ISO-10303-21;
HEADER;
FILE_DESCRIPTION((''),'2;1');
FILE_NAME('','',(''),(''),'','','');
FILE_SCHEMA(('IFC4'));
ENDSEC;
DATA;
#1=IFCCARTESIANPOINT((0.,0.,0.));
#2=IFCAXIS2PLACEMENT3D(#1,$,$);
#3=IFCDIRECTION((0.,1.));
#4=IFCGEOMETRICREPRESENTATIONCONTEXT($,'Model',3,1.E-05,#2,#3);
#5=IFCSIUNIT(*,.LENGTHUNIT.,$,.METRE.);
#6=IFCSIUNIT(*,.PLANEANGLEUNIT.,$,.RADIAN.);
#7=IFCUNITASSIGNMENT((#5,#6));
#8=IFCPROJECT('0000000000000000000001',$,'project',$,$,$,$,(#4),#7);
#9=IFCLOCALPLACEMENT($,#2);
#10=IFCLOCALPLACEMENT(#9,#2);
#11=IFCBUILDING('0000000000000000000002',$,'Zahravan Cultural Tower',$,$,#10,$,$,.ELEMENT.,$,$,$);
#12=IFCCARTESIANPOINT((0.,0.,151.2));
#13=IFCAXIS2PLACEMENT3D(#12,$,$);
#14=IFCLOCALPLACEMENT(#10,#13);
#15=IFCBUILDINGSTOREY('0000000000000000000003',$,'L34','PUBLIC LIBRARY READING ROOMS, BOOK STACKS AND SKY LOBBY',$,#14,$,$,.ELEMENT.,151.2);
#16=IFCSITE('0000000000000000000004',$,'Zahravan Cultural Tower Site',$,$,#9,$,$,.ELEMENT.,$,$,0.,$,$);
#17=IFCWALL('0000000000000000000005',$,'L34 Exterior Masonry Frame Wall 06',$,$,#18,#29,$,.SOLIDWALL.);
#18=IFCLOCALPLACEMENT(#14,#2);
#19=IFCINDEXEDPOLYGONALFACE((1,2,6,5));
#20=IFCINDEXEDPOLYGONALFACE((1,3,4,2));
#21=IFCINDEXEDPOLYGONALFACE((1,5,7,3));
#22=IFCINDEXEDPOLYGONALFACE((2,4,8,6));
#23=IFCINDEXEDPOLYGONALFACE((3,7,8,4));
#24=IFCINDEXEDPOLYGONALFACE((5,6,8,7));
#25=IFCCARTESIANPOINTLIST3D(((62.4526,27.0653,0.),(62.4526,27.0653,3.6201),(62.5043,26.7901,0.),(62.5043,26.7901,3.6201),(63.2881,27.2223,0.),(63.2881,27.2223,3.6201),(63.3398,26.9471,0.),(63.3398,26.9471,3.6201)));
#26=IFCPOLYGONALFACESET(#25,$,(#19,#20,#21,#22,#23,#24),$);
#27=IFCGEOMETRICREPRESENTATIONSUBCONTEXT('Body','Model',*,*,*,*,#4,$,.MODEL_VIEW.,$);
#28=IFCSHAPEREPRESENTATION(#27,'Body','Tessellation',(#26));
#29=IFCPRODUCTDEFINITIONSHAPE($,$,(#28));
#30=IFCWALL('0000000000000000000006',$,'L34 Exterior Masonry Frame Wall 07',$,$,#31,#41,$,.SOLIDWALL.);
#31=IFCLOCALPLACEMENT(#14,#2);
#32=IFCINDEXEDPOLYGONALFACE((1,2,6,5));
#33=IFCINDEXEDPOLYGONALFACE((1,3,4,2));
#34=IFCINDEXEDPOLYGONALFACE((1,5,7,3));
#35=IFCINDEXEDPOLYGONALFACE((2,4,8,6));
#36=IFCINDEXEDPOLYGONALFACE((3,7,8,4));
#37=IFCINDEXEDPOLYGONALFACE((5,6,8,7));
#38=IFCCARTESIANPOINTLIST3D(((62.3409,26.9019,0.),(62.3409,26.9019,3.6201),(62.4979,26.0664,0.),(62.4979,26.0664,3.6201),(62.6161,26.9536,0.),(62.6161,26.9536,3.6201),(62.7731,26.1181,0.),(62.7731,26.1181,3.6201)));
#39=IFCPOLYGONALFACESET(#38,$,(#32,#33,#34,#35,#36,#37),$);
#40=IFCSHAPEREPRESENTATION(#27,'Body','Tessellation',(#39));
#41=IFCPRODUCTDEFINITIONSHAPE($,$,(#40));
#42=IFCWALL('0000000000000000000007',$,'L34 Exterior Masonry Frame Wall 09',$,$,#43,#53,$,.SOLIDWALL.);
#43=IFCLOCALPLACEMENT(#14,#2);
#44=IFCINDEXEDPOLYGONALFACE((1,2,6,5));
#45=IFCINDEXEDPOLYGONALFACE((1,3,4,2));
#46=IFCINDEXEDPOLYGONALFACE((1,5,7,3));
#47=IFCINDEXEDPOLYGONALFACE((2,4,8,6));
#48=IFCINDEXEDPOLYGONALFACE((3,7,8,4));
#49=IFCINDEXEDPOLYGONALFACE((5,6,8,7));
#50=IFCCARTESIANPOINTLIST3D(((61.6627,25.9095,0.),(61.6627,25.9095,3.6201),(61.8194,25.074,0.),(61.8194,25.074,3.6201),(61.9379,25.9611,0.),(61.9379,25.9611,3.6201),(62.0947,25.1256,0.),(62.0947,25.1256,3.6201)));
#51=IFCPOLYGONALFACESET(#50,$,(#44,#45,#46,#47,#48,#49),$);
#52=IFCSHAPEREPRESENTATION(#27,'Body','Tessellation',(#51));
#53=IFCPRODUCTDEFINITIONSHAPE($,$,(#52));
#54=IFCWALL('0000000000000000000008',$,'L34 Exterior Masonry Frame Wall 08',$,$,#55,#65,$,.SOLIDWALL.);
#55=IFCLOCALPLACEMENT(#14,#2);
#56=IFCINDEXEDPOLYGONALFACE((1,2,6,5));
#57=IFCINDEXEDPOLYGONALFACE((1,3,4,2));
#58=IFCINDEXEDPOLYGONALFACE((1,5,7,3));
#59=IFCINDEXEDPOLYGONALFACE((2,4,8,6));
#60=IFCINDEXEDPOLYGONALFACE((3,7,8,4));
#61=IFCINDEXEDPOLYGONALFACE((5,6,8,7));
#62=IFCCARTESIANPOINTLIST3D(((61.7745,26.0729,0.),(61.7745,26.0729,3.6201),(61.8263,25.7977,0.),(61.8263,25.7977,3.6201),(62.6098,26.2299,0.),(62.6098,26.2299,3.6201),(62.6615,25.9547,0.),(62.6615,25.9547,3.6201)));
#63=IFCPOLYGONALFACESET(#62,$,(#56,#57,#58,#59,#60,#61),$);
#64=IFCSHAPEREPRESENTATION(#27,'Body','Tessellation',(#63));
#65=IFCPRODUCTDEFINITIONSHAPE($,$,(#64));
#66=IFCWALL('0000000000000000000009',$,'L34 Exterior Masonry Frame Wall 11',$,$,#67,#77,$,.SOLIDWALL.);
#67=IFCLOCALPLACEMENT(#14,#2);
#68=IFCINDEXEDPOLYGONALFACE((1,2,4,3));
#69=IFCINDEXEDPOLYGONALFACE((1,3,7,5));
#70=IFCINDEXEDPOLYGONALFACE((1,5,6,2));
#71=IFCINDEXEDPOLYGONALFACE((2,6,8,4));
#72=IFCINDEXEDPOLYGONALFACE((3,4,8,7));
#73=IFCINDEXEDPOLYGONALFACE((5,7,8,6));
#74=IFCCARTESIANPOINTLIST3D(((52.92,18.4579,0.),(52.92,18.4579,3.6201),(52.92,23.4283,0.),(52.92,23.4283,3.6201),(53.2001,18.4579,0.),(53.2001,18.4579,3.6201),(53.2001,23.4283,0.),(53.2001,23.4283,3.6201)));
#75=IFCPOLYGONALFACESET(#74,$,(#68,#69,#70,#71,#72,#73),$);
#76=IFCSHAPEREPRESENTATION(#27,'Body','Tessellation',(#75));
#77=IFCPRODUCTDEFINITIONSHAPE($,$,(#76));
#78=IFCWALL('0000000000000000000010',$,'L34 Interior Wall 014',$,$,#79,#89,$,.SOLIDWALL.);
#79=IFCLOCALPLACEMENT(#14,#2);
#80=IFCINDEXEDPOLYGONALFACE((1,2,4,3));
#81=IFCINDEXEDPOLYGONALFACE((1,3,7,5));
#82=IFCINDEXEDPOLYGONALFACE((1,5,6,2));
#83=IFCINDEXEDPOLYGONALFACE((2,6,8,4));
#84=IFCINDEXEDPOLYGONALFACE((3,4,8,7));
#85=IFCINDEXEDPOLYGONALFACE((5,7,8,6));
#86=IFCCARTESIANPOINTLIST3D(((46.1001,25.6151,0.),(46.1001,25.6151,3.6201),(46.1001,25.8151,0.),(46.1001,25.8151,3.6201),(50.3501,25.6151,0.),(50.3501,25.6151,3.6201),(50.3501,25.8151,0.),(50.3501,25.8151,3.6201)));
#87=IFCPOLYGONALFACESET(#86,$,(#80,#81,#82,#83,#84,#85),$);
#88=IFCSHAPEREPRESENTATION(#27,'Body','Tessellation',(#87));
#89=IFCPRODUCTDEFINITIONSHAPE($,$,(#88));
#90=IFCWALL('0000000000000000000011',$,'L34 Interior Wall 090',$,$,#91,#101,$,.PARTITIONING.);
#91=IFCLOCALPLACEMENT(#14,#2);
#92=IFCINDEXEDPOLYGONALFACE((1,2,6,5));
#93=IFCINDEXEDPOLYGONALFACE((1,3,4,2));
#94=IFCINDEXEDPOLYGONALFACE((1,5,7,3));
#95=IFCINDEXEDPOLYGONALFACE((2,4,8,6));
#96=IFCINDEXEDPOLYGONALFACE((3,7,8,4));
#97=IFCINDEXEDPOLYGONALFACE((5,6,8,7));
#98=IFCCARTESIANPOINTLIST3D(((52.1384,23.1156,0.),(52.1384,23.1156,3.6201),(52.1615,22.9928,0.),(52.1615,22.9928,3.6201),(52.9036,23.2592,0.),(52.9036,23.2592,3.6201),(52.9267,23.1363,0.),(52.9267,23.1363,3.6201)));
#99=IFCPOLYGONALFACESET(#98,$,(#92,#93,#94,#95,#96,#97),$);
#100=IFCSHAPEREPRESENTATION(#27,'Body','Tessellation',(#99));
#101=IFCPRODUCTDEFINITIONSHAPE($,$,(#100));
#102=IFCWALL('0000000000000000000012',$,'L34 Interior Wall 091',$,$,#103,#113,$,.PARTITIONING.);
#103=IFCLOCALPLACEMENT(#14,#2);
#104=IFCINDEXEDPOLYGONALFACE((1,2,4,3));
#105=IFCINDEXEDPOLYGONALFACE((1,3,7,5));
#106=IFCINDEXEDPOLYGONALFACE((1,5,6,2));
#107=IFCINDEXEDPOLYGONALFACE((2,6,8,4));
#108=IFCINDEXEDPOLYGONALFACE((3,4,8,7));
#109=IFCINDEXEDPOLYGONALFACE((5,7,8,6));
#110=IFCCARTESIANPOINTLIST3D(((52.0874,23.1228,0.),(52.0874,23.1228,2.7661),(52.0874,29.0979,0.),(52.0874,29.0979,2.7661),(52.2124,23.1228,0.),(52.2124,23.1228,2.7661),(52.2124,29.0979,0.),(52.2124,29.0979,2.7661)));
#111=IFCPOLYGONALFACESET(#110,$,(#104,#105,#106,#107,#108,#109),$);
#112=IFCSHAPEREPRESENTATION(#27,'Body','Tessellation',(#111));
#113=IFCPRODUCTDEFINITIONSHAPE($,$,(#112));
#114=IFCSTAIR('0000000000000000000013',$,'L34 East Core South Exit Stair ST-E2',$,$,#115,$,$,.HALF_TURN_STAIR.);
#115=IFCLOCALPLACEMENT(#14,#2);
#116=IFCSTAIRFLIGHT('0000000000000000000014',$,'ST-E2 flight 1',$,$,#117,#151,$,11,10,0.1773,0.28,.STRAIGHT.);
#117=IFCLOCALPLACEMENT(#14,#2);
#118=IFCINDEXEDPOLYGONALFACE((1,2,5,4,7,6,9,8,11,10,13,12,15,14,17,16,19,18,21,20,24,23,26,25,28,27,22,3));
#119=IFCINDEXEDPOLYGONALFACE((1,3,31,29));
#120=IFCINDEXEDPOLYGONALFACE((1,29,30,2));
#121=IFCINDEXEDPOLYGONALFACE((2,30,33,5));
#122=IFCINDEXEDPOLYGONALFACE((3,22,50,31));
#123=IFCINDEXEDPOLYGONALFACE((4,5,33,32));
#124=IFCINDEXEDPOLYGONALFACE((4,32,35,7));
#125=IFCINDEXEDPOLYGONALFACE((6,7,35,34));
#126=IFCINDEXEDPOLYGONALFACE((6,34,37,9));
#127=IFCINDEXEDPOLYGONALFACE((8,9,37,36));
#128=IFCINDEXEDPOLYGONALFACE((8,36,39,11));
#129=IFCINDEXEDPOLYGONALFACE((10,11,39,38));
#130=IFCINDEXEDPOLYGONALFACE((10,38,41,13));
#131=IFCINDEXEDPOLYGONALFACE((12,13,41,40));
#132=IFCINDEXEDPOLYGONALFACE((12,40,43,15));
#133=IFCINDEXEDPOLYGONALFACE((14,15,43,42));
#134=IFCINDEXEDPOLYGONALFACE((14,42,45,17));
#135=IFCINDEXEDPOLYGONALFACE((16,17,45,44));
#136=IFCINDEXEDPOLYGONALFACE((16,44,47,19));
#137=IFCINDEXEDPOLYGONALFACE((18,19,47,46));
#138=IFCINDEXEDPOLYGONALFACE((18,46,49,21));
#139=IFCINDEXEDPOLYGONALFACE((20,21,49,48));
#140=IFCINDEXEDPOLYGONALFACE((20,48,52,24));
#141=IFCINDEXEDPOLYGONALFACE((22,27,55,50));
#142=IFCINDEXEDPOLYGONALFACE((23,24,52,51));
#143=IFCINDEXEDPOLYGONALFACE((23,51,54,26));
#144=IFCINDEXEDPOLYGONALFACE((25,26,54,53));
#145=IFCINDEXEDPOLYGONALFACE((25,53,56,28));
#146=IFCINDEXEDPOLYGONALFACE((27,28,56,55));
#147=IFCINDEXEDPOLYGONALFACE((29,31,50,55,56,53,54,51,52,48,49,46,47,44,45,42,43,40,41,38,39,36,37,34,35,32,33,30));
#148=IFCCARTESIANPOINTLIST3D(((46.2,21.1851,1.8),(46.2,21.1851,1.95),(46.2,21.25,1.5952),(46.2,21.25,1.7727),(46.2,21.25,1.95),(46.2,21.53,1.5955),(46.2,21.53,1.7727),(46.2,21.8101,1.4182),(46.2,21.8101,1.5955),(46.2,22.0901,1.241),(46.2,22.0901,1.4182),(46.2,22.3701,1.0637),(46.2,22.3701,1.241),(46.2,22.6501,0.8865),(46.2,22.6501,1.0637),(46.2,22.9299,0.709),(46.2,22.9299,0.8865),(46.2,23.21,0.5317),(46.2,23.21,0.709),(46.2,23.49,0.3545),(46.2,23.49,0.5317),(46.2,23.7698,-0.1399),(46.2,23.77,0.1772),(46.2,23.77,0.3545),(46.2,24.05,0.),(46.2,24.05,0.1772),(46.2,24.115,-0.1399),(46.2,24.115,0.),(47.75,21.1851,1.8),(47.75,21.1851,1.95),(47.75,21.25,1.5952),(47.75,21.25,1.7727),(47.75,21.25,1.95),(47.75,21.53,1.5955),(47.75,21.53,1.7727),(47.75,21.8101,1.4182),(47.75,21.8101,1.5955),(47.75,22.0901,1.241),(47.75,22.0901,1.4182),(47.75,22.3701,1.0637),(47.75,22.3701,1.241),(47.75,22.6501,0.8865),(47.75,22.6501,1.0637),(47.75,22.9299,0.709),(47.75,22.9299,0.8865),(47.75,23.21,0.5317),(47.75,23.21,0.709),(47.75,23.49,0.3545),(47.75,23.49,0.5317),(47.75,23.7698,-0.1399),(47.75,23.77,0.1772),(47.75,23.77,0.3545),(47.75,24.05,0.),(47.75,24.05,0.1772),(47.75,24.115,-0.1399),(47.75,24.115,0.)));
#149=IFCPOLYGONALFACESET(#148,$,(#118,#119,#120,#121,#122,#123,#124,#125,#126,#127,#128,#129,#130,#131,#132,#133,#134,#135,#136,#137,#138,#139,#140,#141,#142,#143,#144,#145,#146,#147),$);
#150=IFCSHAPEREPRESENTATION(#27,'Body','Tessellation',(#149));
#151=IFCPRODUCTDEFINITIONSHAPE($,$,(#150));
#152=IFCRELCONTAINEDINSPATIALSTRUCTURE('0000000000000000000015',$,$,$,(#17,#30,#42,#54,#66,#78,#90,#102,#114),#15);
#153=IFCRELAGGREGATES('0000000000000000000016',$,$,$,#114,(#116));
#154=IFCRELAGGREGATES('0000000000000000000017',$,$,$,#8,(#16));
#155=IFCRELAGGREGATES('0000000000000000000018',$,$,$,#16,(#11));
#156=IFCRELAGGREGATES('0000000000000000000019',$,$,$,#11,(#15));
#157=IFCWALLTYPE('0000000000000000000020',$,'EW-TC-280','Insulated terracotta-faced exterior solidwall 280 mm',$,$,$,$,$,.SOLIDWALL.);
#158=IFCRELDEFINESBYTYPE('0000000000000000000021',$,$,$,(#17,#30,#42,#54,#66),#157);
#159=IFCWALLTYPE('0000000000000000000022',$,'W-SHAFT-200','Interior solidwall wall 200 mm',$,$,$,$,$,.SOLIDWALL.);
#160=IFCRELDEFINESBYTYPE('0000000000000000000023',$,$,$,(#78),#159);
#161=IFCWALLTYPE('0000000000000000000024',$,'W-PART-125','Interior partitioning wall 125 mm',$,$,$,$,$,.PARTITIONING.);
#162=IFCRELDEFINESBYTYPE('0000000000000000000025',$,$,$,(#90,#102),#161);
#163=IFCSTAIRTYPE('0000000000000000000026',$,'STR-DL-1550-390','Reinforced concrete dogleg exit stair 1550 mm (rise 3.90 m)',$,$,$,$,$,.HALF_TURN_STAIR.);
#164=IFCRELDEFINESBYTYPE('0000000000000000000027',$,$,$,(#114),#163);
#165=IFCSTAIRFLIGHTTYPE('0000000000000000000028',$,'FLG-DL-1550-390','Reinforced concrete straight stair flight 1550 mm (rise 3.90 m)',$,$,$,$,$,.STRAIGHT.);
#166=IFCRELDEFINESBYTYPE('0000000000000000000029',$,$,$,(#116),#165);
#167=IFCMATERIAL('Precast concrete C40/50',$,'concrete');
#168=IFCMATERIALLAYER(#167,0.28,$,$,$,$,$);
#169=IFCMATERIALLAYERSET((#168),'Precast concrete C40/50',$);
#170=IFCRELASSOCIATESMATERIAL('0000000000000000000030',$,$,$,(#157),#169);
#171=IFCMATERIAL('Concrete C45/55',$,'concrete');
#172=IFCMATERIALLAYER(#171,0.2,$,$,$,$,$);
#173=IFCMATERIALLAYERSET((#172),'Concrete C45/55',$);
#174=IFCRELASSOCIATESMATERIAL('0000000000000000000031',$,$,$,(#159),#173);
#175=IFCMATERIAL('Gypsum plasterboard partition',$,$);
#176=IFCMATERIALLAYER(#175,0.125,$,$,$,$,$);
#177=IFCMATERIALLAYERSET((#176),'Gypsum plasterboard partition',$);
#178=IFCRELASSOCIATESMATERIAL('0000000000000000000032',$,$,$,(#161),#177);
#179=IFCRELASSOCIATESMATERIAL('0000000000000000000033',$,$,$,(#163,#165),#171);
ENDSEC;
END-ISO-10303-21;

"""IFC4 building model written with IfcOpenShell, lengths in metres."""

from ifc_helpers import new_model, si_unit, direction, frame, frame_2d, origin, place, context, subcontext, project, spatial, polyline, rectangle, outline, extrude, source, transform, mapped, material, layer, layer_set, type_object, element, aggregate, save


model = new_model("IFC4")

# Units and contexts
model_context = context("Model", 3, precision=1e-05, world=origin(), true_north=direction((0.0, 1.0)))
body_context = subcontext(model_context, "Body", "Model", "MODEL_VIEW")
ifc_project = project(units=[si_unit("LENGTHUNIT", "METRE"), si_unit("PLANEANGLEUNIT", "RADIAN")], contexts=[model_context])

# Site, building, storey
site_placement = place(None, origin())
site = spatial("IfcSite", under=ifc_project, at=site_placement, Name="Zahravan Cultural Tower Site", CompositionType="ELEMENT", RefElevation=0.0)
building_placement = place(site_placement, origin())
building = spatial("IfcBuilding", under=site, at=building_placement, Name="Zahravan Cultural Tower", CompositionType="ELEMENT")
storey_placement = place(building_placement, frame((0.0, 0.0, 151.2)))
storey = spatial("IfcBuildingStorey", under=building, at=storey_placement, Name="L34", Description="PUBLIC LIBRARY READING ROOMS, BOOK STACKS AND SKY LOBBY", CompositionType="ELEMENT", Elevation=151.2)

# Shared definitions
ifc_material_1 = material(Name="Precast concrete C40/50", Category="concrete")
ifc_layer_1 = layer(ifc_material_1, 0.28)
ifc_layer_set_1 = layer_set([ifc_layer_1], Name="Precast concrete C40/50")
wall_type_1 = type_object("IfcWallType", Name="EW-TC-280", Description="Insulated terracotta-faced exterior solidwall 280 mm", PredefinedType="SOLIDWALL", material=ifc_layer_set_1)

# Walls
shared_shape_1 = source(origin(), body_context, "Body", "SweptSolid", [
    extrude(rectangle(XDim=0.8501, YDim=0.28, at=frame_2d((0.425, 0.0))), origin(), (0.0, 0.0, 1.0), 3.6201),
])
for number, where, z_axis, x_axis, name in (
    (1, (63.314, 27.0847, 0.0), (0.0, 0.0, 1.0), (-0.982801, -0.18467, 0.0), "L34 Exterior Masonry Frame Wall 06"),
    (2, (62.4785, 26.9277, 0.0), (0.0, 0.0, 1.0), (0.18467, -0.982801, 0.0), "L34 Exterior Masonry Frame Wall 07"),
    (3, (61.8003, 25.9353, 0.0), (0.0, 0.0, 1.0), (0.184393, -0.982853, 0.0), "L34 Exterior Masonry Frame Wall 09"),
):
    element("IfcWall", number, at=place(storey_placement, frame(where, z_axis=z_axis, x_axis=x_axis)), inside=storey, type_object=wall_type_1, Name=name, PredefinedType="SOLIDWALL", context=body_context, shape_type="MappedRepresentation", body=[
        mapped(shared_shape_1, transform((0.0, 0.0, 0.0), x_axis=(1.0, 0.0, 0.0), y_axis=(0.0, 1.0, 0.0), z_axis=(0.0, 0.0, 1.0), scale=1.0)),
    ])
shared_shape_2 = source(origin(), body_context, "Body", "SweptSolid", [
    extrude(rectangle(XDim=0.8499, YDim=0.28, at=frame_2d((0.4248, 0.0))), origin(), (0.0, 0.0, 1.0), 3.6201),
])
wall_1_placement = place(storey_placement, frame((62.6355, 26.0923, 0.0), z_axis=(0.0, 0.0, 1.0), x_axis=(-0.982791, -0.184722, 0.0)))
element("IfcWall", 4, at=wall_1_placement, inside=storey, type_object=wall_type_1, Name="L34 Exterior Masonry Frame Wall 08", PredefinedType="SOLIDWALL", context=body_context, shape_type="MappedRepresentation", body=[
    mapped(shared_shape_2, transform((0.0, 0.0, 0.0), x_axis=(1.0, 0.0, 0.0), y_axis=(0.0, 1.0, 0.0), z_axis=(0.0, 0.0, 1.0), scale=1.0)),
])
shared_shape_3 = source(origin(), body_context, "Body", "SweptSolid", [
    extrude(rectangle(XDim=4.9705, YDim=0.28, at=frame_2d((2.4854, 0.0))), origin(), (0.0, 0.0, 1.0), 3.6201),
])
wall_2_placement = place(storey_placement, frame((53.0601, 23.4285, 0.0), z_axis=(0.0, 0.0, 1.0), x_axis=(0.0, -1.0, 0.0)))
element("IfcWall", 5, at=wall_2_placement, inside=storey, type_object=wall_type_1, Name="L34 Exterior Masonry Frame Wall 11", PredefinedType="SOLIDWALL", context=body_context, shape_type="MappedRepresentation", body=[
    mapped(shared_shape_3, transform((0.0, 0.0, 0.0), x_axis=(1.0, 0.0, 0.0), y_axis=(0.0, 1.0, 0.0), z_axis=(0.0, 0.0, 1.0), scale=1.0)),
])
ifc_material_2 = material(Name="Concrete C45/55", Category="concrete")
ifc_layer_2 = layer(ifc_material_2, 0.2)
ifc_layer_set_2 = layer_set([ifc_layer_2], Name="Concrete C45/55")
wall_type_2 = type_object("IfcWallType", Name="W-SHAFT-200", Description="Interior solidwall wall 200 mm", PredefinedType="SOLIDWALL", material=ifc_layer_set_2)
shared_shape_4 = source(origin(), body_context, "Body", "SweptSolid", [
    extrude(rectangle(XDim=4.25, YDim=0.2, at=frame_2d((2.125, 0.0))), origin(), (0.0, 0.0, 1.0), 3.6201),
])
wall_3_placement = place(storey_placement, frame((46.1001, 25.7151, 0.0), z_axis=(0.0, 0.0, 1.0), x_axis=(1.0, 0.0, 0.0)))
element("IfcWall", 6, at=wall_3_placement, inside=storey, type_object=wall_type_2, Name="L34 Interior Wall 014", PredefinedType="SOLIDWALL", context=body_context, shape_type="MappedRepresentation", body=[
    mapped(shared_shape_4, transform((0.0, 0.0, 0.0), x_axis=(1.0, 0.0, 0.0), y_axis=(0.0, 1.0, 0.0), z_axis=(0.0, 0.0, 1.0), scale=1.0)),
])
ifc_material_3 = material(Name="Gypsum plasterboard partition")
ifc_layer_3 = layer(ifc_material_3, 0.125)
ifc_layer_set_3 = layer_set([ifc_layer_3], Name="Gypsum plasterboard partition")
wall_type_3 = type_object("IfcWallType", Name="W-PART-125", Description="Interior partitioning wall 125 mm", PredefinedType="PARTITIONING", material=ifc_layer_set_3)
shared_shape_5 = source(origin(), body_context, "Body", "SweptSolid", [
    extrude(rectangle(XDim=0.7786, YDim=0.125, at=frame_2d((0.3892, 0.0))), origin(), (0.0, 0.0, 1.0), 3.6201),
])
wall_4_placement = place(storey_placement, frame((52.915, 23.1978, 0.0), z_axis=(0.0, 0.0, 1.0), x_axis=(-0.982851, -0.184402, 0.0)))
element("IfcWall", 7, at=wall_4_placement, inside=storey, type_object=wall_type_3, Name="L34 Interior Wall 090", PredefinedType="PARTITIONING", context=body_context, shape_type="MappedRepresentation", body=[
    mapped(shared_shape_5, transform((0.0, 0.0, 0.0), x_axis=(1.0, 0.0, 0.0), y_axis=(0.0, 1.0, 0.0), z_axis=(0.0, 0.0, 1.0), scale=1.0)),
])
shared_shape_6 = source(origin(), body_context, "Body", "SweptSolid", [
    extrude(rectangle(XDim=5.9751, YDim=0.125, at=frame_2d((2.9875, 0.0))), origin(), (0.0, 0.0, 1.0), 2.7661),
])
wall_5_placement = place(storey_placement, frame((52.1499, 23.1228, 0.0), z_axis=(0.0, 0.0, 1.0), x_axis=(0.0, 1.0, 0.0)))
element("IfcWall", 8, at=wall_5_placement, inside=storey, type_object=wall_type_3, Name="L34 Interior Wall 091", PredefinedType="PARTITIONING", context=body_context, shape_type="MappedRepresentation", body=[
    mapped(shared_shape_6, transform((0.0, 0.0, 0.0), x_axis=(1.0, 0.0, 0.0), y_axis=(0.0, 1.0, 0.0), z_axis=(0.0, 0.0, 1.0), scale=1.0)),
])

# Stair, stair flight
stair_type = type_object("IfcStairType", Name="STR-DL-1550-390", Description="Reinforced concrete dogleg exit stair 1550 mm (rise 3.90 m)", PredefinedType="HALF_TURN_STAIR", material=ifc_material_2)
stair_placement = place(storey_placement, origin())
stair = element("IfcStair", 9, at=stair_placement, inside=storey, type_object=stair_type, Name="L34 East Core South Exit Stair ST-E2", PredefinedType="HALF_TURN_STAIR")
stair_flight_type = type_object("IfcStairFlightType", Name="FLG-DL-1550-390", Description="Reinforced concrete straight stair flight 1550 mm (rise 3.90 m)", PredefinedType="STRAIGHT", material=ifc_material_2)
stair_flight_1_placement = place(storey_placement, frame((46.9751, 24.05, 0.0), z_axis=(0.0, 0.0, 1.0), x_axis=(0.0, -1.0, 0.0)))
stair_flight_1 = element("IfcStairFlight", 10, at=stair_flight_1_placement, type_object=stair_flight_type, Name="ST-E2 flight 1", NumberOfRisers=11, NumberOfTreads=10, PredefinedType="STRAIGHT", RiserHeight=0.1773, TreadLength=0.28, context=body_context, shape_type="SweptSolid", body=[
    extrude(outline(polyline([(-0.0649, -0.1399), (-0.0649, 0.0), (0.0, 0.0), (0.0, 0.1772), (0.28, 0.1772), (0.28, 0.3545), (0.5601, 0.3545), (0.5601, 0.5317), (0.8401, 0.5317), (0.8401, 0.709), (1.1201, 0.709), (1.1201, 0.8865), (1.3999, 0.8865), (1.3999, 1.0637), (1.6799, 1.0637), (1.6799, 1.241), (1.96, 1.241), (1.96, 1.4182), (2.24, 1.4182), (2.24, 1.5955), (2.52, 1.5955), (2.52, 1.7727), (2.8, 1.7727), (2.8, 1.95), (2.865, 1.95), (2.865, 1.8), (2.8, 1.5952), (0.2803, -0.1399), (-0.0649, -0.1399)])), frame((0.0, 0.7749, 0.0), z_axis=(0.0, -1.0, 0.0), x_axis=(1.0, 0.0, 0.0)), (0.0, 0.0, 1.0), 1.55),
])
aggregate(stair, [stair_flight_1])

save(model, "model.ifc")
